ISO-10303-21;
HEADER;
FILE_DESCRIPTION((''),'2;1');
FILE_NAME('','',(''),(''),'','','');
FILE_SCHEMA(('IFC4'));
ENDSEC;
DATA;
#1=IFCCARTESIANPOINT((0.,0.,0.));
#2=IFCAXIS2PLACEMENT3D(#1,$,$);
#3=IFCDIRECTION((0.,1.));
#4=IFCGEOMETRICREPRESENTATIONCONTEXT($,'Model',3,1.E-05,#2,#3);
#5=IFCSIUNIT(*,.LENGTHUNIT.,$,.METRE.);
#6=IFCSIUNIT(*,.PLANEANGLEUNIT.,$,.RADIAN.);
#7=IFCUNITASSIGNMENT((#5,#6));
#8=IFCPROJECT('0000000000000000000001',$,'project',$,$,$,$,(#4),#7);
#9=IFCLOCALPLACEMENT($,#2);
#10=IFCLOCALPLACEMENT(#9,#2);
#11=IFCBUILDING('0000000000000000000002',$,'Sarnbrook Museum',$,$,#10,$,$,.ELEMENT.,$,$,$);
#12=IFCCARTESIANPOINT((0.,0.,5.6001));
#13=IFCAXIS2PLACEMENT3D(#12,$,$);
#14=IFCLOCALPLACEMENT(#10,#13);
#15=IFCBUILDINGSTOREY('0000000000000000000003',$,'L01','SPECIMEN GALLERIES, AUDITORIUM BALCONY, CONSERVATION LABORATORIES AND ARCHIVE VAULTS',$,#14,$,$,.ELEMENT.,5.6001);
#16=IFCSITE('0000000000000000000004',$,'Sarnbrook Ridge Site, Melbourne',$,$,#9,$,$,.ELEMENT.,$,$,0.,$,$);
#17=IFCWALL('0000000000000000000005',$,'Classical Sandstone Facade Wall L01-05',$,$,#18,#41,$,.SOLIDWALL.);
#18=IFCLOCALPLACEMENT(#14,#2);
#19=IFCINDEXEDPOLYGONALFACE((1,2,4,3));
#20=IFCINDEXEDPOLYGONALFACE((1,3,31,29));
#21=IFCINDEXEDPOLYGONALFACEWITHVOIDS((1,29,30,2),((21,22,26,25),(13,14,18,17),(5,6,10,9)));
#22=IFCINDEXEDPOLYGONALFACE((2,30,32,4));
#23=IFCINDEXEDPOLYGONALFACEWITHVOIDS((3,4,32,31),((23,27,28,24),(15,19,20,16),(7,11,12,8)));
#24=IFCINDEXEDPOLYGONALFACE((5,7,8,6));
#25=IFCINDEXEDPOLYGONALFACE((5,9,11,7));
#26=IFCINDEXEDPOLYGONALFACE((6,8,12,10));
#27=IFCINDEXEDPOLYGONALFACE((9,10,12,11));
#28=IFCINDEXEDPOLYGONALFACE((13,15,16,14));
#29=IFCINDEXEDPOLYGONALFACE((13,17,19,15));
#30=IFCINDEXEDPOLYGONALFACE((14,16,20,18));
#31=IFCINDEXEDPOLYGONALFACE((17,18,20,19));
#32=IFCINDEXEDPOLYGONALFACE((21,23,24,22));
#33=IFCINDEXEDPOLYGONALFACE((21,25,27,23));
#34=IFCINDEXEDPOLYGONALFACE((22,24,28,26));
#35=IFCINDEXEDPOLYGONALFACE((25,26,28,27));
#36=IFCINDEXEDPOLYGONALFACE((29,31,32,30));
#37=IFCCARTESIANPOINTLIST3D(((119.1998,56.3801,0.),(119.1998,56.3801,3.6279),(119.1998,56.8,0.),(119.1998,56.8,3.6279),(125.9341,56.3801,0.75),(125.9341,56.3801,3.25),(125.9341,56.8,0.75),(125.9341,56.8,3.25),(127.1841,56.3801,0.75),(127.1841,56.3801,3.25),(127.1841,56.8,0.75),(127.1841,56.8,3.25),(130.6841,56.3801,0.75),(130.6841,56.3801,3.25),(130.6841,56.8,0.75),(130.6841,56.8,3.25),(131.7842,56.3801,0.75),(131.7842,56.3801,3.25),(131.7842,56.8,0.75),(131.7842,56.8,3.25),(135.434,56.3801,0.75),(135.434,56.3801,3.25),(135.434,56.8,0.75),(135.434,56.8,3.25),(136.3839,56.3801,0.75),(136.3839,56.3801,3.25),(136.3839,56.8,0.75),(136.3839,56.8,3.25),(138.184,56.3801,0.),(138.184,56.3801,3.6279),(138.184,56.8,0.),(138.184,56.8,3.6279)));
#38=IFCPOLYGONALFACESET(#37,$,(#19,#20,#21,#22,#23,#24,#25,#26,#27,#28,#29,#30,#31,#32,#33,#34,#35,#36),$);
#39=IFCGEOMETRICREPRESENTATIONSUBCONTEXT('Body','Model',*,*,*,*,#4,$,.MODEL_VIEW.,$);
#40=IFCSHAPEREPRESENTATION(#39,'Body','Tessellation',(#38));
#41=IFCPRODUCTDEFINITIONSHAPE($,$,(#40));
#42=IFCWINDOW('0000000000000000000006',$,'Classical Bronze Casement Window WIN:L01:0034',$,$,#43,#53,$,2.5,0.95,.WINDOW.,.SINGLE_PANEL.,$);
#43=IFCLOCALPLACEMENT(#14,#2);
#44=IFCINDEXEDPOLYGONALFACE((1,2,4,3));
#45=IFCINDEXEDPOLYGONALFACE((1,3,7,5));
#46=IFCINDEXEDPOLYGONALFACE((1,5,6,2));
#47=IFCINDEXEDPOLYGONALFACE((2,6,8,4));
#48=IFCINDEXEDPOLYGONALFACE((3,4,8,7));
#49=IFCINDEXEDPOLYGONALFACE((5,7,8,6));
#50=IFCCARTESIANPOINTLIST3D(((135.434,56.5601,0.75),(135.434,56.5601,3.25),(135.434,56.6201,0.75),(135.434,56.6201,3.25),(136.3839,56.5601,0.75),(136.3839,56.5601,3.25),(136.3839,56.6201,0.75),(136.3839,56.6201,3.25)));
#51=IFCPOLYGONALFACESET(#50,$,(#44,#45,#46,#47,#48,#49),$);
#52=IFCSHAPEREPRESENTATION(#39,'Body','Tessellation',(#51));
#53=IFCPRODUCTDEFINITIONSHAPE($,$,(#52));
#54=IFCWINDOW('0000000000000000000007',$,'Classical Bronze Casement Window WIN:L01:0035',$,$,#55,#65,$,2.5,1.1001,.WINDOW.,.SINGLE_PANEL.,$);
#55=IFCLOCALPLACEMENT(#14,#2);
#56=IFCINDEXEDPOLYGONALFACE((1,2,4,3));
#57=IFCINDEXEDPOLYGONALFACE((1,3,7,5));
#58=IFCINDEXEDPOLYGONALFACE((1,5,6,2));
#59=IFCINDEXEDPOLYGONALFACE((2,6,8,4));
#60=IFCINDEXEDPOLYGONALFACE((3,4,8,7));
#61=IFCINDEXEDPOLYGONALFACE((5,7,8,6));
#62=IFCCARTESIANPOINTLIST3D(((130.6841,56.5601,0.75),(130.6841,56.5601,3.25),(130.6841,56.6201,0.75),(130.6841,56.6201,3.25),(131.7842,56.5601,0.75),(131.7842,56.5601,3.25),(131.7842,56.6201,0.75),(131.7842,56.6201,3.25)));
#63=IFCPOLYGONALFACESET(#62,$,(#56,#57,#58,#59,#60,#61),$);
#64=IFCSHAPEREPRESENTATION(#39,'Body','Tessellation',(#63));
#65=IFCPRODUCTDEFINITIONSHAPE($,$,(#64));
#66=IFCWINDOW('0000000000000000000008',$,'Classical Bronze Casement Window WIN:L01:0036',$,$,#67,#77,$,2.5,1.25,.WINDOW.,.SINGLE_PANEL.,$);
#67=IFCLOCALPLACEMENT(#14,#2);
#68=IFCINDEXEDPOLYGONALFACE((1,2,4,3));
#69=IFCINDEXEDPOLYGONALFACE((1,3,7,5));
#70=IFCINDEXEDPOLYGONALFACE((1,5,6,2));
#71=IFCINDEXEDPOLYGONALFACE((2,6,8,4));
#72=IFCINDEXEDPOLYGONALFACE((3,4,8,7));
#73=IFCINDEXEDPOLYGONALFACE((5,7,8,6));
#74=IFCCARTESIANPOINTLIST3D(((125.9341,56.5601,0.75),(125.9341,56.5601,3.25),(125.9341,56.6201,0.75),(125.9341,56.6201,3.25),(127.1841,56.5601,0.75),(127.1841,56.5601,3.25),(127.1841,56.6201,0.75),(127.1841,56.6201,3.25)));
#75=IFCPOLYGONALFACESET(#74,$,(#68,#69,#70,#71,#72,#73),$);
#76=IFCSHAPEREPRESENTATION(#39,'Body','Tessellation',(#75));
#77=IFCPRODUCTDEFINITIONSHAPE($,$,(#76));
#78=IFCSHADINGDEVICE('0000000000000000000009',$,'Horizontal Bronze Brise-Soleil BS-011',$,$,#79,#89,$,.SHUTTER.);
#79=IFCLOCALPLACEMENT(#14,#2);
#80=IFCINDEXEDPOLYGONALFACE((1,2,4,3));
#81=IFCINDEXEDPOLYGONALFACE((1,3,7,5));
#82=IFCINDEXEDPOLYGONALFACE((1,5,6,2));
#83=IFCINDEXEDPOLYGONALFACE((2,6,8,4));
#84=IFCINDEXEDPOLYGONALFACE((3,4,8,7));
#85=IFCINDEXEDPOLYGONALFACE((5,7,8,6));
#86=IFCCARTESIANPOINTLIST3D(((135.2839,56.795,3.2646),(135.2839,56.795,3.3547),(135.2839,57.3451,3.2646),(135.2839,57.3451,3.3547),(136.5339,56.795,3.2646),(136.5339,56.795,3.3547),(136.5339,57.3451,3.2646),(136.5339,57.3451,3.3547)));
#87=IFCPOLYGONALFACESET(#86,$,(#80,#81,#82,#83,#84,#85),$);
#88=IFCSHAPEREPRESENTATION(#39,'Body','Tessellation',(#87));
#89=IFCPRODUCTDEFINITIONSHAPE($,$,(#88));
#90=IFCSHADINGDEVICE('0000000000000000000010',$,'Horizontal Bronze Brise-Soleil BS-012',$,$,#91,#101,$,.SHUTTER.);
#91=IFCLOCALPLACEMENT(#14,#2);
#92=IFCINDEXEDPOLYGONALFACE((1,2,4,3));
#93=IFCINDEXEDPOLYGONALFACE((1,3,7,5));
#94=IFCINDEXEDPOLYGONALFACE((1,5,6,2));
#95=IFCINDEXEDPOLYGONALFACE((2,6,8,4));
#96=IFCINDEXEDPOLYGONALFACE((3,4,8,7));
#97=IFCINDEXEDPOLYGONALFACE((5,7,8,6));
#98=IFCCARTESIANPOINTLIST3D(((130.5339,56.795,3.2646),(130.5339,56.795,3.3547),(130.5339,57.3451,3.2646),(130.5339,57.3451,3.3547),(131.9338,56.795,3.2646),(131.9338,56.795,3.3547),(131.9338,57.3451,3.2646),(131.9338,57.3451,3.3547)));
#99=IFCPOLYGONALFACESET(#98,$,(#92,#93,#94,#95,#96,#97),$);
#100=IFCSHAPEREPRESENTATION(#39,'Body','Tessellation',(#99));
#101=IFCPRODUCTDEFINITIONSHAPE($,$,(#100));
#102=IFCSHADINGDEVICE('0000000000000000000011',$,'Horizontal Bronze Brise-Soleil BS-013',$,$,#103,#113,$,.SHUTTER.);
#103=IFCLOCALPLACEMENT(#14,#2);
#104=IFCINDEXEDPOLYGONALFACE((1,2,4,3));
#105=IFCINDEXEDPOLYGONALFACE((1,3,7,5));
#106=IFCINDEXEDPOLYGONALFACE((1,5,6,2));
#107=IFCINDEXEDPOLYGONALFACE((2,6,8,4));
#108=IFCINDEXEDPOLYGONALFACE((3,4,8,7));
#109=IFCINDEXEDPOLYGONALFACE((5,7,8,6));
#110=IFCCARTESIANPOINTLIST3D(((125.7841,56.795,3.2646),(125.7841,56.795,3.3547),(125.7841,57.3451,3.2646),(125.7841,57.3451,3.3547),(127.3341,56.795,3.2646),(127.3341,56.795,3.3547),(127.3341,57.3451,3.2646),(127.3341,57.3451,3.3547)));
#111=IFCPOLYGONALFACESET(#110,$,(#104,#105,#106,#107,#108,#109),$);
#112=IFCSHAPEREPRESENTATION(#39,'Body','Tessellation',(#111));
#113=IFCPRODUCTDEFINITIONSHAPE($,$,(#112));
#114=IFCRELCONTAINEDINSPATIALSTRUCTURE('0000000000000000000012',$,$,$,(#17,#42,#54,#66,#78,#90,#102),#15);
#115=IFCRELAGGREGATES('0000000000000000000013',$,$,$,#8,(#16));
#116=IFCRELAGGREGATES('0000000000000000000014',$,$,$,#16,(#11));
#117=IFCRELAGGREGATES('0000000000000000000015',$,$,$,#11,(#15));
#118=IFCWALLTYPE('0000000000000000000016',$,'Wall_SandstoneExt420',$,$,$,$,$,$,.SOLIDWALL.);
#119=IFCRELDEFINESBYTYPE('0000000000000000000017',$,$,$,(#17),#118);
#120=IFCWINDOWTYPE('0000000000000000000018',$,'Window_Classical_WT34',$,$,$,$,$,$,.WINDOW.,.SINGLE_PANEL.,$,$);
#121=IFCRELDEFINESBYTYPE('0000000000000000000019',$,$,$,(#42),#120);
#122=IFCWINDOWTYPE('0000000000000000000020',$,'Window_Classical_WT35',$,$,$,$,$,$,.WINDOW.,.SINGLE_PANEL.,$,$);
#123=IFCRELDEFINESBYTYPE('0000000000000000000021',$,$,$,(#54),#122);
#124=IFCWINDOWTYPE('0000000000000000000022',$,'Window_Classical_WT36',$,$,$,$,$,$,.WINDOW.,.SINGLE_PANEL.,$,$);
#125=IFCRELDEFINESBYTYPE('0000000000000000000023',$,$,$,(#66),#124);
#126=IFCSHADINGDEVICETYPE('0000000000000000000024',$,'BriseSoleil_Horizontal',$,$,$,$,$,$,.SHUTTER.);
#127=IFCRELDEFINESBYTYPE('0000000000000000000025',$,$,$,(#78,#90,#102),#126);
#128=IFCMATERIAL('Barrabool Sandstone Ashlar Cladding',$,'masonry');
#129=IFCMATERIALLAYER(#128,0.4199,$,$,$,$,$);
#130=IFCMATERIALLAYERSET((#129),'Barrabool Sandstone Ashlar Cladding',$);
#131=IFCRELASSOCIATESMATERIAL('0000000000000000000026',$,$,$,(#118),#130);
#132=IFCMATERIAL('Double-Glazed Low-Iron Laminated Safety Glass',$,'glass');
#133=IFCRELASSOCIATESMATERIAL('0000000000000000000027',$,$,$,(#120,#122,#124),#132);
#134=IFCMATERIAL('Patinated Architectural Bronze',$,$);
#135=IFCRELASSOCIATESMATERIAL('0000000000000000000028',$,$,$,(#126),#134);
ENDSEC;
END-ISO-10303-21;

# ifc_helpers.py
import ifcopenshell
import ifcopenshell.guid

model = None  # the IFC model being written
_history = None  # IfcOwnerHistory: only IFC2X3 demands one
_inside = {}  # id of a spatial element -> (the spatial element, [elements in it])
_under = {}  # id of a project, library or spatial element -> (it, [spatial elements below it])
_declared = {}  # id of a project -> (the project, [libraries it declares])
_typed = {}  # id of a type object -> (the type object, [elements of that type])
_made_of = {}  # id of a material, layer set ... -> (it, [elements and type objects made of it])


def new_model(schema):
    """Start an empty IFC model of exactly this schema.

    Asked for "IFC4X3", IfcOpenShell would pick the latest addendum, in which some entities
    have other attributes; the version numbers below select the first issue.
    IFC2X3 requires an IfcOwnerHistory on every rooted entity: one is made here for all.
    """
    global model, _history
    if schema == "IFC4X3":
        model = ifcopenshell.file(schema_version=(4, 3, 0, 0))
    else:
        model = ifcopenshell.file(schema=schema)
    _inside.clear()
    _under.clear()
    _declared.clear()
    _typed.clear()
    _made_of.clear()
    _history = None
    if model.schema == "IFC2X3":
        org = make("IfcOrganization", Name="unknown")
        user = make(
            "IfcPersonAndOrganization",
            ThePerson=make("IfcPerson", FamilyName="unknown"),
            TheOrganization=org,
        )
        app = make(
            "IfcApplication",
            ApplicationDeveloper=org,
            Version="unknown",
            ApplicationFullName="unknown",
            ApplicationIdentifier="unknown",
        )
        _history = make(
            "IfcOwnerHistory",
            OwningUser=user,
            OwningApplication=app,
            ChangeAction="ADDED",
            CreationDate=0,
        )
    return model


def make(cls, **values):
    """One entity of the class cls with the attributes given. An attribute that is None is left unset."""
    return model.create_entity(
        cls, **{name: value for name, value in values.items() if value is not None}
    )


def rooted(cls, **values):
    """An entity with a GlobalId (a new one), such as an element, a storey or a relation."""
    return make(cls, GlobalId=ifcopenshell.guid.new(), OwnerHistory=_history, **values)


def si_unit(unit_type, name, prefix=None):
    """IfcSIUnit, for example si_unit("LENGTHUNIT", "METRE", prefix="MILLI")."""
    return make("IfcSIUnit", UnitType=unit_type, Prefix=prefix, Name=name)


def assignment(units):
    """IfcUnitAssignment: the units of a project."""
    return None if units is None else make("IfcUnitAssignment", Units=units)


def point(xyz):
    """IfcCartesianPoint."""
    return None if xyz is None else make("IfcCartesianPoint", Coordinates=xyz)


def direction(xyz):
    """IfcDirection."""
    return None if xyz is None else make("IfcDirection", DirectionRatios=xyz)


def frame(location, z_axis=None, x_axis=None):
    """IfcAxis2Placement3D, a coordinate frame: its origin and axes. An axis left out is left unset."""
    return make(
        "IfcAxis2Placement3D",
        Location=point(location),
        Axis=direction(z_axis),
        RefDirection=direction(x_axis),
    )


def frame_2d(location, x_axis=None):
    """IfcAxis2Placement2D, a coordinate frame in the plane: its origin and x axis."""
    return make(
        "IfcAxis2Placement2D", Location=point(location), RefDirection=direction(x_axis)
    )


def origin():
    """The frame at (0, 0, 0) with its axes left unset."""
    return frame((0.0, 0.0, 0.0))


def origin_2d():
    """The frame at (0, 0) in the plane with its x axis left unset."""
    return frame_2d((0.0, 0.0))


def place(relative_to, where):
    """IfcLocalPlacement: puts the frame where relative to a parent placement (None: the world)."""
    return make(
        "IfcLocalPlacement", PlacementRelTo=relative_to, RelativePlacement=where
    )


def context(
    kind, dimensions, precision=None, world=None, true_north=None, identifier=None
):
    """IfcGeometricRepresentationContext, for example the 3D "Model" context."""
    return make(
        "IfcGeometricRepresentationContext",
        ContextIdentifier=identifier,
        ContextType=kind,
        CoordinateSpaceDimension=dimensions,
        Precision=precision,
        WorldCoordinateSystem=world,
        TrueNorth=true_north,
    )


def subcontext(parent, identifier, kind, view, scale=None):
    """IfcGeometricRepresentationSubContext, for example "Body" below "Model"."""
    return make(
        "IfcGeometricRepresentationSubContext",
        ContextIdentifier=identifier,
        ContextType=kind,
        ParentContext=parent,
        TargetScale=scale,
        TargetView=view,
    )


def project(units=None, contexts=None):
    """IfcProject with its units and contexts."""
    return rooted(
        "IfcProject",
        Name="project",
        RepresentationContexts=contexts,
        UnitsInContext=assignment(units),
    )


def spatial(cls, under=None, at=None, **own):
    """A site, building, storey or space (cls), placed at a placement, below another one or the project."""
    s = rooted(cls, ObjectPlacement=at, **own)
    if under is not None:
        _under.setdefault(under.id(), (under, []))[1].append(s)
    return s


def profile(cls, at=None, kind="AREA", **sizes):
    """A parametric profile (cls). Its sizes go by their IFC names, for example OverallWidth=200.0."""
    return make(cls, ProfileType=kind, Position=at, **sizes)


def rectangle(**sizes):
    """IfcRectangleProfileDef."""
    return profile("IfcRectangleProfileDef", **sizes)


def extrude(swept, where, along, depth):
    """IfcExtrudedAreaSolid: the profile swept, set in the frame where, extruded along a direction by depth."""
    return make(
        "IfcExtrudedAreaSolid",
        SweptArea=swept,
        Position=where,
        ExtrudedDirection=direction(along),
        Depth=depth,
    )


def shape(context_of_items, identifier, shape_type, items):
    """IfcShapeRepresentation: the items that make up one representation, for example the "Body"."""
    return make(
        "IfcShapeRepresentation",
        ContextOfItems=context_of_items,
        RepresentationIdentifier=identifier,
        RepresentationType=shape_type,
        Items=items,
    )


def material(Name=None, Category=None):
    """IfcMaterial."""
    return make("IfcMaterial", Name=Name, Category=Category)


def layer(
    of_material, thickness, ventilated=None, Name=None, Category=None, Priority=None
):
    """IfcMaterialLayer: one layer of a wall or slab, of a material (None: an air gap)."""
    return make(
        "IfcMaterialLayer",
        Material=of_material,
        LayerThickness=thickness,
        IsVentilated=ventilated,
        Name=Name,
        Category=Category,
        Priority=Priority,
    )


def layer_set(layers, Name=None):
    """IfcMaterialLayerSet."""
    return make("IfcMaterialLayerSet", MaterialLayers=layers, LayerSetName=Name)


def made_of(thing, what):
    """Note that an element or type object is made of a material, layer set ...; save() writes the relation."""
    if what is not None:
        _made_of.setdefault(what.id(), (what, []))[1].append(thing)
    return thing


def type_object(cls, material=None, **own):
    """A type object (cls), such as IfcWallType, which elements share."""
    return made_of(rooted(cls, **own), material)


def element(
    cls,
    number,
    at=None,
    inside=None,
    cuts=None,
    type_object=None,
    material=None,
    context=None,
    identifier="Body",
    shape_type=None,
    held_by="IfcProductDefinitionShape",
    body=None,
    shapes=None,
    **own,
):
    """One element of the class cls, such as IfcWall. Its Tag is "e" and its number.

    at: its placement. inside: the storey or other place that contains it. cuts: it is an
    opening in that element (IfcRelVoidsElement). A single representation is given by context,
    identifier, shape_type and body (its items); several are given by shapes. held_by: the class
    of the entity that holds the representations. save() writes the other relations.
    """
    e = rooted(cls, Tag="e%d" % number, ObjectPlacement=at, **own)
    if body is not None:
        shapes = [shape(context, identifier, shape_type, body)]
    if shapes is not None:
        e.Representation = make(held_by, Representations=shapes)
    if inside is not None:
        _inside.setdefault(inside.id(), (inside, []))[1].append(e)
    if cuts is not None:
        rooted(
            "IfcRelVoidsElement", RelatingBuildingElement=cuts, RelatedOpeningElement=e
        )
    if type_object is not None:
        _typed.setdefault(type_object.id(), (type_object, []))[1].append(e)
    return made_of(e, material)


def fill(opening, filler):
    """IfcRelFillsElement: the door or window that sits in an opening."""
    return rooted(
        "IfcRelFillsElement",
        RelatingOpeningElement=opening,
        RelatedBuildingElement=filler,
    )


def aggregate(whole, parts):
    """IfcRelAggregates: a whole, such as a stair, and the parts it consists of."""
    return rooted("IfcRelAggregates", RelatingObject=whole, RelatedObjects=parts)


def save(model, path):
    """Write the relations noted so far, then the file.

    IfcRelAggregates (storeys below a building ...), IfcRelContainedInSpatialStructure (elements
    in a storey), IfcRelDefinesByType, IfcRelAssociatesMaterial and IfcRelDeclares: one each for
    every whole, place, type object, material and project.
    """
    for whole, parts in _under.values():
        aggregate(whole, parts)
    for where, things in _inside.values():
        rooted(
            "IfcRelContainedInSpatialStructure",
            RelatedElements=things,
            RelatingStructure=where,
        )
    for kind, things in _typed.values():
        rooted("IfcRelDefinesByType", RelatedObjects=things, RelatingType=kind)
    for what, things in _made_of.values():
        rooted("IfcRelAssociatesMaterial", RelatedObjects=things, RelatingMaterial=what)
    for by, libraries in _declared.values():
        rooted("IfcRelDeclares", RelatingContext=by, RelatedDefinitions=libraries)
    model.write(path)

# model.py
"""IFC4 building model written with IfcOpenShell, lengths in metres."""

from ifc_helpers import new_model, si_unit, direction, frame, frame_2d, origin, origin_2d, place, context, subcontext, project, spatial, rectangle, extrude, material, layer, layer_set, type_object, element, fill, save


model = new_model("IFC4")

# Units and contexts
model_context = context("Model", 3, precision=1e-05, world=origin(), true_north=direction((0.0, 1.0)))
body_context = subcontext(model_context, "Body", "Model", "MODEL_VIEW")
ifc_project = project(units=[si_unit("LENGTHUNIT", "METRE"), si_unit("PLANEANGLEUNIT", "RADIAN")], contexts=[model_context])

# Site, building, storey
site_placement = place(None, origin())
site = spatial("IfcSite", under=ifc_project, at=site_placement, Name="Sarnbrook Ridge Site, Melbourne", CompositionType="ELEMENT", RefElevation=0.0)
building_placement = place(site_placement, origin())
building = spatial("IfcBuilding", under=site, at=building_placement, Name="Sarnbrook Museum", CompositionType="ELEMENT")
storey_placement = place(building_placement, frame((0.0, 0.0, 5.6001)))
storey = spatial("IfcBuildingStorey", under=building, at=storey_placement, Name="L01", Description="SPECIMEN GALLERIES, AUDITORIUM BALCONY, CONSERVATION LABORATORIES AND ARCHIVE VAULTS", CompositionType="ELEMENT", Elevation=5.6001)

# Shared definitions
ifc_material_1 = material(Name="Double-Glazed Low-Iron Laminated Safety Glass", Category="glass")
ifc_material_2 = material(Name="Patinated Architectural Bronze")

# Shared definitions
ifc_material_3 = material(Name="Barrabool Sandstone Ashlar Cladding", Category="masonry")
ifc_layer_1 = layer(ifc_material_3, 0.4199)
ifc_layer_set_1 = layer_set([ifc_layer_1], Name="Barrabool Sandstone Ashlar Cladding")
wall_type_1 = type_object("IfcWallType", Name="Wall_SandstoneExt420", PredefinedType="SOLIDWALL", material=ifc_layer_set_1)

# Wall, openings, windows
wall_1_placement = place(storey_placement, frame((138.1841, 56.5901, 0.0), z_axis=(0.0, 0.0, 1.0), x_axis=(-1.0, 0.0, 0.0)))
wall_1 = element("IfcWall", 1, at=wall_1_placement, inside=storey, type_object=wall_type_1, Name="Classical Sandstone Facade Wall L01-05", PredefinedType="SOLIDWALL", context=body_context, shape_type="SweptSolid", body=[
    extrude(rectangle(XDim=18.9841, YDim=0.4199, at=frame_2d((9.4922, 0.0))), origin(), (0.0, 0.0, 1.0), 3.6279),
])
opening_1_placement = place(wall_1_placement, frame((1.8, 0.0, 0.75)))
opening_1 = element("IfcOpeningElement", 2, at=opening_1_placement, cuts=wall_1, PredefinedType="OPENING", context=body_context, shape_type="SweptSolid", body=[
    extrude(rectangle(XDim=0.95, YDim=2.5, at=frame_2d((0.4751, 1.25))), frame((0.0, 0.22, 0.0), z_axis=(0.0, -1.0, 0.0), x_axis=(1.0, 0.0, 0.0)), (0.0, 0.0, 1.0), 0.4399),
])
opening_2_placement = place(wall_1_placement, frame((6.3999, 0.0, 0.75)))
opening_2 = element("IfcOpeningElement", 3, at=opening_2_placement, cuts=wall_1, PredefinedType="OPENING", context=body_context, shape_type="SweptSolid", body=[
    extrude(rectangle(XDim=1.1001, YDim=2.5, at=frame_2d((0.55, 1.25))), frame((0.0, 0.22, 0.0), z_axis=(0.0, -1.0, 0.0), x_axis=(1.0, 0.0, 0.0)), (0.0, 0.0, 1.0), 0.4399),
])
opening_3_placement = place(wall_1_placement, frame((11.0, 0.0, 0.75)))
opening_3 = element("IfcOpeningElement", 4, at=opening_3_placement, cuts=wall_1, PredefinedType="OPENING", context=body_context, shape_type="SweptSolid", body=[
    extrude(rectangle(XDim=1.25, YDim=2.5, at=frame_2d((0.625, 1.25))), frame((0.0, 0.22, 0.0), z_axis=(0.0, -1.0, 0.0), x_axis=(1.0, 0.0, 0.0)), (0.0, 0.0, 1.0), 0.4399),
])
window_type_1 = type_object("IfcWindowType", Name="Window_Classical_WT34", PartitioningType="SINGLE_PANEL", PredefinedType="WINDOW", material=ifc_material_1)
window_1_placement = place(opening_1_placement, origin())
window_1 = element("IfcWindow", 5, at=window_1_placement, inside=storey, type_object=window_type_1, Name="Classical Bronze Casement Window WIN:L01:0034", OverallHeight=2.5, OverallWidth=0.95, PartitioningType="SINGLE_PANEL", PredefinedType="WINDOW", context=body_context, shape_type="SweptSolid", body=[
    extrude(rectangle(XDim=0.95, YDim=2.5, at=frame_2d((0.4751, 1.25))), frame((0.0, 0.03, 0.0), z_axis=(0.0, -1.0, 0.0), x_axis=(1.0, 0.0, 0.0)), (0.0, 0.0, 1.0), 0.0601),
])
fill(opening_1, window_1)
window_type_2 = type_object("IfcWindowType", Name="Window_Classical_WT35", PartitioningType="SINGLE_PANEL", PredefinedType="WINDOW", material=ifc_material_1)
window_2_placement = place(opening_2_placement, origin())
window_2 = element("IfcWindow", 6, at=window_2_placement, inside=storey, type_object=window_type_2, Name="Classical Bronze Casement Window WIN:L01:0035", OverallHeight=2.5, OverallWidth=1.1001, PartitioningType="SINGLE_PANEL", PredefinedType="WINDOW", context=body_context, shape_type="SweptSolid", body=[
    extrude(rectangle(XDim=1.1001, YDim=2.5, at=frame_2d((0.55, 1.25))), frame((0.0, 0.03, 0.0), z_axis=(0.0, -1.0, 0.0), x_axis=(1.0, 0.0, 0.0)), (0.0, 0.0, 1.0), 0.0601),
])
fill(opening_2, window_2)
window_type_3 = type_object("IfcWindowType", Name="Window_Classical_WT36", PartitioningType="SINGLE_PANEL", PredefinedType="WINDOW", material=ifc_material_1)
window_3_placement = place(opening_3_placement, origin())
window_3 = element("IfcWindow", 7, at=window_3_placement, inside=storey, type_object=window_type_3, Name="Classical Bronze Casement Window WIN:L01:0036", OverallHeight=2.5, OverallWidth=1.25, PartitioningType="SINGLE_PANEL", PredefinedType="WINDOW", context=body_context, shape_type="SweptSolid", body=[
    extrude(rectangle(XDim=1.25, YDim=2.5, at=frame_2d((0.625, 1.25))), frame((0.0, 0.03, 0.0), z_axis=(0.0, -1.0, 0.0), x_axis=(1.0, 0.0, 0.0)), (0.0, 0.0, 1.0), 0.0601),
])
fill(opening_3, window_3)

# Shading devices
shading_device_type = type_object("IfcShadingDeviceType", Name="BriseSoleil_Horizontal", PredefinedType="SHUTTER", material=ifc_material_2)
shading_device_1_placement = place(storey_placement, frame((135.9089, 57.0701, 3.2646), z_axis=(0.0, 0.0, 1.0), x_axis=(1.0, 0.0, 0.0)))
element("IfcShadingDevice", 8, at=shading_device_1_placement, inside=storey, type_object=shading_device_type, Name="Horizontal Bronze Brise-Soleil BS-011", PredefinedType="SHUTTER", context=body_context, shape_type="SweptSolid", body=[
    extrude(rectangle(XDim=1.25, YDim=0.55, at=origin_2d()), origin(), (0.0, 0.0, 1.0), 0.0901),
])
shading_device_2_placement = place(storey_placement, frame((131.2339, 57.0701, 3.2646), z_axis=(0.0, 0.0, 1.0), x_axis=(1.0, 0.0, 0.0)))
element("IfcShadingDevice", 9, at=shading_device_2_placement, inside=storey, type_object=shading_device_type, Name="Horizontal Bronze Brise-Soleil BS-012", PredefinedType="SHUTTER", context=body_context, shape_type="SweptSolid", body=[
    extrude(rectangle(XDim=1.3999, YDim=0.55, at=origin_2d()), origin(), (0.0, 0.0, 1.0), 0.0901),
])
shading_device_3_placement = place(storey_placement, frame((126.5591, 57.0701, 3.2646), z_axis=(0.0, 0.0, 1.0), x_axis=(1.0, 0.0, 0.0)))
element("IfcShadingDevice", 10, at=shading_device_3_placement, inside=storey, type_object=shading_device_type, Name="Horizontal Bronze Brise-Soleil BS-013", PredefinedType="SHUTTER", context=body_context, shape_type="SweptSolid", body=[
    extrude(rectangle(XDim=1.55, YDim=0.55, at=origin_2d()), origin(), (0.0, 0.0, 1.0), 0.0901),
])

save(model, "model.ifc")
